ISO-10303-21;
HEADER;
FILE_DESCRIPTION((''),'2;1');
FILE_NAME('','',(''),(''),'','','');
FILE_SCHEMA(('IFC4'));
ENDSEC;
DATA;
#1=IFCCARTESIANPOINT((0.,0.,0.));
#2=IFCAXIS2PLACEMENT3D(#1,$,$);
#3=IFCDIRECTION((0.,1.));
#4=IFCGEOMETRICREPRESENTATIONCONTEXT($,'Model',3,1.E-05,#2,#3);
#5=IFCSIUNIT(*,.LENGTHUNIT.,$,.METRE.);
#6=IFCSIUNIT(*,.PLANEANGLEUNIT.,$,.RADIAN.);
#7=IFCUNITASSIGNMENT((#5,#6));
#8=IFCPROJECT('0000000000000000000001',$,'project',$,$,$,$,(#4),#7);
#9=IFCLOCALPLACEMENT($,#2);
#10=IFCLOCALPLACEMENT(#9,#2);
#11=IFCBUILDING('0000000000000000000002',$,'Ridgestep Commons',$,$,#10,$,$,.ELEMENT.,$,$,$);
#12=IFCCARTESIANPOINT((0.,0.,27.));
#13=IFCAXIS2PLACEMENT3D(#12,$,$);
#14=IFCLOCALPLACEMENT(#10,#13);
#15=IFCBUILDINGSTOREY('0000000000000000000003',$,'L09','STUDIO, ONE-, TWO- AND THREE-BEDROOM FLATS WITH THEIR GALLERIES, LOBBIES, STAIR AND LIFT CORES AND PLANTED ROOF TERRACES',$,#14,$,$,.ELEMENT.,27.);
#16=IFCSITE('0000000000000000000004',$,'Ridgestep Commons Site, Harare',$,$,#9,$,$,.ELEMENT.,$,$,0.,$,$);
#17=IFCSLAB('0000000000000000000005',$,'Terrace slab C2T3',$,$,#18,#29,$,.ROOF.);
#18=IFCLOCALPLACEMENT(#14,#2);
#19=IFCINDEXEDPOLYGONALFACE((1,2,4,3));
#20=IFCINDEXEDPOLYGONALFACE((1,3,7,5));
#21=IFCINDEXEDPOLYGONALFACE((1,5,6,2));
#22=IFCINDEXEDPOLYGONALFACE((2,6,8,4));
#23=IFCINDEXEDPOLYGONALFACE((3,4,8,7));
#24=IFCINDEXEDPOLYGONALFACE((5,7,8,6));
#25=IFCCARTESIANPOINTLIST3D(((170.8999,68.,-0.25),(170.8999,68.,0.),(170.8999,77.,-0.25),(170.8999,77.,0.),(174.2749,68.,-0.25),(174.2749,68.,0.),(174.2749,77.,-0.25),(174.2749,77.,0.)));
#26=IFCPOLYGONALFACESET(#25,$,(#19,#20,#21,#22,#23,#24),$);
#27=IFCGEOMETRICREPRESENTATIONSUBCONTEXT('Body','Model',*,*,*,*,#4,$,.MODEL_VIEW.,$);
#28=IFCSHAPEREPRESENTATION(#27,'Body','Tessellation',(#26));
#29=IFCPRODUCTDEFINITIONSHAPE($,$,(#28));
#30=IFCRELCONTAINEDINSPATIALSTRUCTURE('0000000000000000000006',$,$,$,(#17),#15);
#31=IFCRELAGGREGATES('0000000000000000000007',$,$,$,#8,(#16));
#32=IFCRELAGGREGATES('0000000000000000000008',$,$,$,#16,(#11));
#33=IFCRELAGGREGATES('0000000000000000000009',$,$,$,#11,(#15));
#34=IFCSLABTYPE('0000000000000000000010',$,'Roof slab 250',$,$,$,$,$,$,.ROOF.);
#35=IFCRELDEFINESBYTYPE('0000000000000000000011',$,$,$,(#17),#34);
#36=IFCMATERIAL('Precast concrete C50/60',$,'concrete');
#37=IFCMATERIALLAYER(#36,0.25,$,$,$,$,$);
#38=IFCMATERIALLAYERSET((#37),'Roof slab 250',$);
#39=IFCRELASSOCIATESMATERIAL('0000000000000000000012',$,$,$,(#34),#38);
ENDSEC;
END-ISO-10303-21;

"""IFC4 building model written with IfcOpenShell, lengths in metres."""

from ifc_helpers import new_model, si_unit, direction, frame, origin, place, context, subcontext, project, spatial, polyline, outline, extrude, material, layer, layer_set, type_object, element, save


model = new_model("IFC4")

# Units and contexts
model_context = context("Model", 3, precision=1e-05, world=origin(), true_north=direction((0.0, 1.0)))
body_context = subcontext(model_context, "Body", "Model", "MODEL_VIEW")
ifc_project = project(units=[si_unit("LENGTHUNIT", "METRE"), si_unit("PLANEANGLEUNIT", "RADIAN")], contexts=[model_context])

# Site, building, storey
site_placement = place(None, origin())
site = spatial("IfcSite", under=ifc_project, at=site_placement, Name="Ridgestep Commons Site, Harare", CompositionType="ELEMENT", RefElevation=0.0)
building_placement = place(site_placement, origin())
building = spatial("IfcBuilding", under=site, at=building_placement, Name="Ridgestep Commons", CompositionType="ELEMENT")
storey_placement = place(building_placement, frame((0.0, 0.0, 27.0)))
storey = spatial("IfcBuildingStorey", under=building, at=storey_placement, Name="L09", Description="STUDIO, ONE-, TWO- AND THREE-BEDROOM FLATS WITH THEIR GALLERIES, LOBBIES, STAIR AND LIFT CORES AND PLANTED ROOF TERRACES", CompositionType="ELEMENT", Elevation=27.0)

# Shared definitions
ifc_material_1 = material(Name="Precast concrete C50/60", Category="concrete")
ifc_layer_1 = layer(ifc_material_1, 0.25)
ifc_layer_set_1 = layer_set([ifc_layer_1], Name="Roof slab 250")
slab_type_1 = type_object("IfcSlabType", Name="Roof slab 250", PredefinedType="ROOF", material=ifc_layer_set_1)

# Slab
slab_1_placement = place(storey_placement, frame((0.0, 0.0, -0.25)))
element("IfcSlab", 1, at=slab_1_placement, inside=storey, type_object=slab_type_1, Name="Terrace slab C2T3", PredefinedType="ROOF", context=body_context, shape_type="SweptSolid", body=[
    extrude(outline(polyline([(174.2749, 68.0), (174.2749, 77.0), (170.8999, 77.0), (170.8999, 68.0), (174.2749, 68.0)])), origin(), (0.0, 0.0, 1.0), 0.25),
])

save(model, "model.ifc")
